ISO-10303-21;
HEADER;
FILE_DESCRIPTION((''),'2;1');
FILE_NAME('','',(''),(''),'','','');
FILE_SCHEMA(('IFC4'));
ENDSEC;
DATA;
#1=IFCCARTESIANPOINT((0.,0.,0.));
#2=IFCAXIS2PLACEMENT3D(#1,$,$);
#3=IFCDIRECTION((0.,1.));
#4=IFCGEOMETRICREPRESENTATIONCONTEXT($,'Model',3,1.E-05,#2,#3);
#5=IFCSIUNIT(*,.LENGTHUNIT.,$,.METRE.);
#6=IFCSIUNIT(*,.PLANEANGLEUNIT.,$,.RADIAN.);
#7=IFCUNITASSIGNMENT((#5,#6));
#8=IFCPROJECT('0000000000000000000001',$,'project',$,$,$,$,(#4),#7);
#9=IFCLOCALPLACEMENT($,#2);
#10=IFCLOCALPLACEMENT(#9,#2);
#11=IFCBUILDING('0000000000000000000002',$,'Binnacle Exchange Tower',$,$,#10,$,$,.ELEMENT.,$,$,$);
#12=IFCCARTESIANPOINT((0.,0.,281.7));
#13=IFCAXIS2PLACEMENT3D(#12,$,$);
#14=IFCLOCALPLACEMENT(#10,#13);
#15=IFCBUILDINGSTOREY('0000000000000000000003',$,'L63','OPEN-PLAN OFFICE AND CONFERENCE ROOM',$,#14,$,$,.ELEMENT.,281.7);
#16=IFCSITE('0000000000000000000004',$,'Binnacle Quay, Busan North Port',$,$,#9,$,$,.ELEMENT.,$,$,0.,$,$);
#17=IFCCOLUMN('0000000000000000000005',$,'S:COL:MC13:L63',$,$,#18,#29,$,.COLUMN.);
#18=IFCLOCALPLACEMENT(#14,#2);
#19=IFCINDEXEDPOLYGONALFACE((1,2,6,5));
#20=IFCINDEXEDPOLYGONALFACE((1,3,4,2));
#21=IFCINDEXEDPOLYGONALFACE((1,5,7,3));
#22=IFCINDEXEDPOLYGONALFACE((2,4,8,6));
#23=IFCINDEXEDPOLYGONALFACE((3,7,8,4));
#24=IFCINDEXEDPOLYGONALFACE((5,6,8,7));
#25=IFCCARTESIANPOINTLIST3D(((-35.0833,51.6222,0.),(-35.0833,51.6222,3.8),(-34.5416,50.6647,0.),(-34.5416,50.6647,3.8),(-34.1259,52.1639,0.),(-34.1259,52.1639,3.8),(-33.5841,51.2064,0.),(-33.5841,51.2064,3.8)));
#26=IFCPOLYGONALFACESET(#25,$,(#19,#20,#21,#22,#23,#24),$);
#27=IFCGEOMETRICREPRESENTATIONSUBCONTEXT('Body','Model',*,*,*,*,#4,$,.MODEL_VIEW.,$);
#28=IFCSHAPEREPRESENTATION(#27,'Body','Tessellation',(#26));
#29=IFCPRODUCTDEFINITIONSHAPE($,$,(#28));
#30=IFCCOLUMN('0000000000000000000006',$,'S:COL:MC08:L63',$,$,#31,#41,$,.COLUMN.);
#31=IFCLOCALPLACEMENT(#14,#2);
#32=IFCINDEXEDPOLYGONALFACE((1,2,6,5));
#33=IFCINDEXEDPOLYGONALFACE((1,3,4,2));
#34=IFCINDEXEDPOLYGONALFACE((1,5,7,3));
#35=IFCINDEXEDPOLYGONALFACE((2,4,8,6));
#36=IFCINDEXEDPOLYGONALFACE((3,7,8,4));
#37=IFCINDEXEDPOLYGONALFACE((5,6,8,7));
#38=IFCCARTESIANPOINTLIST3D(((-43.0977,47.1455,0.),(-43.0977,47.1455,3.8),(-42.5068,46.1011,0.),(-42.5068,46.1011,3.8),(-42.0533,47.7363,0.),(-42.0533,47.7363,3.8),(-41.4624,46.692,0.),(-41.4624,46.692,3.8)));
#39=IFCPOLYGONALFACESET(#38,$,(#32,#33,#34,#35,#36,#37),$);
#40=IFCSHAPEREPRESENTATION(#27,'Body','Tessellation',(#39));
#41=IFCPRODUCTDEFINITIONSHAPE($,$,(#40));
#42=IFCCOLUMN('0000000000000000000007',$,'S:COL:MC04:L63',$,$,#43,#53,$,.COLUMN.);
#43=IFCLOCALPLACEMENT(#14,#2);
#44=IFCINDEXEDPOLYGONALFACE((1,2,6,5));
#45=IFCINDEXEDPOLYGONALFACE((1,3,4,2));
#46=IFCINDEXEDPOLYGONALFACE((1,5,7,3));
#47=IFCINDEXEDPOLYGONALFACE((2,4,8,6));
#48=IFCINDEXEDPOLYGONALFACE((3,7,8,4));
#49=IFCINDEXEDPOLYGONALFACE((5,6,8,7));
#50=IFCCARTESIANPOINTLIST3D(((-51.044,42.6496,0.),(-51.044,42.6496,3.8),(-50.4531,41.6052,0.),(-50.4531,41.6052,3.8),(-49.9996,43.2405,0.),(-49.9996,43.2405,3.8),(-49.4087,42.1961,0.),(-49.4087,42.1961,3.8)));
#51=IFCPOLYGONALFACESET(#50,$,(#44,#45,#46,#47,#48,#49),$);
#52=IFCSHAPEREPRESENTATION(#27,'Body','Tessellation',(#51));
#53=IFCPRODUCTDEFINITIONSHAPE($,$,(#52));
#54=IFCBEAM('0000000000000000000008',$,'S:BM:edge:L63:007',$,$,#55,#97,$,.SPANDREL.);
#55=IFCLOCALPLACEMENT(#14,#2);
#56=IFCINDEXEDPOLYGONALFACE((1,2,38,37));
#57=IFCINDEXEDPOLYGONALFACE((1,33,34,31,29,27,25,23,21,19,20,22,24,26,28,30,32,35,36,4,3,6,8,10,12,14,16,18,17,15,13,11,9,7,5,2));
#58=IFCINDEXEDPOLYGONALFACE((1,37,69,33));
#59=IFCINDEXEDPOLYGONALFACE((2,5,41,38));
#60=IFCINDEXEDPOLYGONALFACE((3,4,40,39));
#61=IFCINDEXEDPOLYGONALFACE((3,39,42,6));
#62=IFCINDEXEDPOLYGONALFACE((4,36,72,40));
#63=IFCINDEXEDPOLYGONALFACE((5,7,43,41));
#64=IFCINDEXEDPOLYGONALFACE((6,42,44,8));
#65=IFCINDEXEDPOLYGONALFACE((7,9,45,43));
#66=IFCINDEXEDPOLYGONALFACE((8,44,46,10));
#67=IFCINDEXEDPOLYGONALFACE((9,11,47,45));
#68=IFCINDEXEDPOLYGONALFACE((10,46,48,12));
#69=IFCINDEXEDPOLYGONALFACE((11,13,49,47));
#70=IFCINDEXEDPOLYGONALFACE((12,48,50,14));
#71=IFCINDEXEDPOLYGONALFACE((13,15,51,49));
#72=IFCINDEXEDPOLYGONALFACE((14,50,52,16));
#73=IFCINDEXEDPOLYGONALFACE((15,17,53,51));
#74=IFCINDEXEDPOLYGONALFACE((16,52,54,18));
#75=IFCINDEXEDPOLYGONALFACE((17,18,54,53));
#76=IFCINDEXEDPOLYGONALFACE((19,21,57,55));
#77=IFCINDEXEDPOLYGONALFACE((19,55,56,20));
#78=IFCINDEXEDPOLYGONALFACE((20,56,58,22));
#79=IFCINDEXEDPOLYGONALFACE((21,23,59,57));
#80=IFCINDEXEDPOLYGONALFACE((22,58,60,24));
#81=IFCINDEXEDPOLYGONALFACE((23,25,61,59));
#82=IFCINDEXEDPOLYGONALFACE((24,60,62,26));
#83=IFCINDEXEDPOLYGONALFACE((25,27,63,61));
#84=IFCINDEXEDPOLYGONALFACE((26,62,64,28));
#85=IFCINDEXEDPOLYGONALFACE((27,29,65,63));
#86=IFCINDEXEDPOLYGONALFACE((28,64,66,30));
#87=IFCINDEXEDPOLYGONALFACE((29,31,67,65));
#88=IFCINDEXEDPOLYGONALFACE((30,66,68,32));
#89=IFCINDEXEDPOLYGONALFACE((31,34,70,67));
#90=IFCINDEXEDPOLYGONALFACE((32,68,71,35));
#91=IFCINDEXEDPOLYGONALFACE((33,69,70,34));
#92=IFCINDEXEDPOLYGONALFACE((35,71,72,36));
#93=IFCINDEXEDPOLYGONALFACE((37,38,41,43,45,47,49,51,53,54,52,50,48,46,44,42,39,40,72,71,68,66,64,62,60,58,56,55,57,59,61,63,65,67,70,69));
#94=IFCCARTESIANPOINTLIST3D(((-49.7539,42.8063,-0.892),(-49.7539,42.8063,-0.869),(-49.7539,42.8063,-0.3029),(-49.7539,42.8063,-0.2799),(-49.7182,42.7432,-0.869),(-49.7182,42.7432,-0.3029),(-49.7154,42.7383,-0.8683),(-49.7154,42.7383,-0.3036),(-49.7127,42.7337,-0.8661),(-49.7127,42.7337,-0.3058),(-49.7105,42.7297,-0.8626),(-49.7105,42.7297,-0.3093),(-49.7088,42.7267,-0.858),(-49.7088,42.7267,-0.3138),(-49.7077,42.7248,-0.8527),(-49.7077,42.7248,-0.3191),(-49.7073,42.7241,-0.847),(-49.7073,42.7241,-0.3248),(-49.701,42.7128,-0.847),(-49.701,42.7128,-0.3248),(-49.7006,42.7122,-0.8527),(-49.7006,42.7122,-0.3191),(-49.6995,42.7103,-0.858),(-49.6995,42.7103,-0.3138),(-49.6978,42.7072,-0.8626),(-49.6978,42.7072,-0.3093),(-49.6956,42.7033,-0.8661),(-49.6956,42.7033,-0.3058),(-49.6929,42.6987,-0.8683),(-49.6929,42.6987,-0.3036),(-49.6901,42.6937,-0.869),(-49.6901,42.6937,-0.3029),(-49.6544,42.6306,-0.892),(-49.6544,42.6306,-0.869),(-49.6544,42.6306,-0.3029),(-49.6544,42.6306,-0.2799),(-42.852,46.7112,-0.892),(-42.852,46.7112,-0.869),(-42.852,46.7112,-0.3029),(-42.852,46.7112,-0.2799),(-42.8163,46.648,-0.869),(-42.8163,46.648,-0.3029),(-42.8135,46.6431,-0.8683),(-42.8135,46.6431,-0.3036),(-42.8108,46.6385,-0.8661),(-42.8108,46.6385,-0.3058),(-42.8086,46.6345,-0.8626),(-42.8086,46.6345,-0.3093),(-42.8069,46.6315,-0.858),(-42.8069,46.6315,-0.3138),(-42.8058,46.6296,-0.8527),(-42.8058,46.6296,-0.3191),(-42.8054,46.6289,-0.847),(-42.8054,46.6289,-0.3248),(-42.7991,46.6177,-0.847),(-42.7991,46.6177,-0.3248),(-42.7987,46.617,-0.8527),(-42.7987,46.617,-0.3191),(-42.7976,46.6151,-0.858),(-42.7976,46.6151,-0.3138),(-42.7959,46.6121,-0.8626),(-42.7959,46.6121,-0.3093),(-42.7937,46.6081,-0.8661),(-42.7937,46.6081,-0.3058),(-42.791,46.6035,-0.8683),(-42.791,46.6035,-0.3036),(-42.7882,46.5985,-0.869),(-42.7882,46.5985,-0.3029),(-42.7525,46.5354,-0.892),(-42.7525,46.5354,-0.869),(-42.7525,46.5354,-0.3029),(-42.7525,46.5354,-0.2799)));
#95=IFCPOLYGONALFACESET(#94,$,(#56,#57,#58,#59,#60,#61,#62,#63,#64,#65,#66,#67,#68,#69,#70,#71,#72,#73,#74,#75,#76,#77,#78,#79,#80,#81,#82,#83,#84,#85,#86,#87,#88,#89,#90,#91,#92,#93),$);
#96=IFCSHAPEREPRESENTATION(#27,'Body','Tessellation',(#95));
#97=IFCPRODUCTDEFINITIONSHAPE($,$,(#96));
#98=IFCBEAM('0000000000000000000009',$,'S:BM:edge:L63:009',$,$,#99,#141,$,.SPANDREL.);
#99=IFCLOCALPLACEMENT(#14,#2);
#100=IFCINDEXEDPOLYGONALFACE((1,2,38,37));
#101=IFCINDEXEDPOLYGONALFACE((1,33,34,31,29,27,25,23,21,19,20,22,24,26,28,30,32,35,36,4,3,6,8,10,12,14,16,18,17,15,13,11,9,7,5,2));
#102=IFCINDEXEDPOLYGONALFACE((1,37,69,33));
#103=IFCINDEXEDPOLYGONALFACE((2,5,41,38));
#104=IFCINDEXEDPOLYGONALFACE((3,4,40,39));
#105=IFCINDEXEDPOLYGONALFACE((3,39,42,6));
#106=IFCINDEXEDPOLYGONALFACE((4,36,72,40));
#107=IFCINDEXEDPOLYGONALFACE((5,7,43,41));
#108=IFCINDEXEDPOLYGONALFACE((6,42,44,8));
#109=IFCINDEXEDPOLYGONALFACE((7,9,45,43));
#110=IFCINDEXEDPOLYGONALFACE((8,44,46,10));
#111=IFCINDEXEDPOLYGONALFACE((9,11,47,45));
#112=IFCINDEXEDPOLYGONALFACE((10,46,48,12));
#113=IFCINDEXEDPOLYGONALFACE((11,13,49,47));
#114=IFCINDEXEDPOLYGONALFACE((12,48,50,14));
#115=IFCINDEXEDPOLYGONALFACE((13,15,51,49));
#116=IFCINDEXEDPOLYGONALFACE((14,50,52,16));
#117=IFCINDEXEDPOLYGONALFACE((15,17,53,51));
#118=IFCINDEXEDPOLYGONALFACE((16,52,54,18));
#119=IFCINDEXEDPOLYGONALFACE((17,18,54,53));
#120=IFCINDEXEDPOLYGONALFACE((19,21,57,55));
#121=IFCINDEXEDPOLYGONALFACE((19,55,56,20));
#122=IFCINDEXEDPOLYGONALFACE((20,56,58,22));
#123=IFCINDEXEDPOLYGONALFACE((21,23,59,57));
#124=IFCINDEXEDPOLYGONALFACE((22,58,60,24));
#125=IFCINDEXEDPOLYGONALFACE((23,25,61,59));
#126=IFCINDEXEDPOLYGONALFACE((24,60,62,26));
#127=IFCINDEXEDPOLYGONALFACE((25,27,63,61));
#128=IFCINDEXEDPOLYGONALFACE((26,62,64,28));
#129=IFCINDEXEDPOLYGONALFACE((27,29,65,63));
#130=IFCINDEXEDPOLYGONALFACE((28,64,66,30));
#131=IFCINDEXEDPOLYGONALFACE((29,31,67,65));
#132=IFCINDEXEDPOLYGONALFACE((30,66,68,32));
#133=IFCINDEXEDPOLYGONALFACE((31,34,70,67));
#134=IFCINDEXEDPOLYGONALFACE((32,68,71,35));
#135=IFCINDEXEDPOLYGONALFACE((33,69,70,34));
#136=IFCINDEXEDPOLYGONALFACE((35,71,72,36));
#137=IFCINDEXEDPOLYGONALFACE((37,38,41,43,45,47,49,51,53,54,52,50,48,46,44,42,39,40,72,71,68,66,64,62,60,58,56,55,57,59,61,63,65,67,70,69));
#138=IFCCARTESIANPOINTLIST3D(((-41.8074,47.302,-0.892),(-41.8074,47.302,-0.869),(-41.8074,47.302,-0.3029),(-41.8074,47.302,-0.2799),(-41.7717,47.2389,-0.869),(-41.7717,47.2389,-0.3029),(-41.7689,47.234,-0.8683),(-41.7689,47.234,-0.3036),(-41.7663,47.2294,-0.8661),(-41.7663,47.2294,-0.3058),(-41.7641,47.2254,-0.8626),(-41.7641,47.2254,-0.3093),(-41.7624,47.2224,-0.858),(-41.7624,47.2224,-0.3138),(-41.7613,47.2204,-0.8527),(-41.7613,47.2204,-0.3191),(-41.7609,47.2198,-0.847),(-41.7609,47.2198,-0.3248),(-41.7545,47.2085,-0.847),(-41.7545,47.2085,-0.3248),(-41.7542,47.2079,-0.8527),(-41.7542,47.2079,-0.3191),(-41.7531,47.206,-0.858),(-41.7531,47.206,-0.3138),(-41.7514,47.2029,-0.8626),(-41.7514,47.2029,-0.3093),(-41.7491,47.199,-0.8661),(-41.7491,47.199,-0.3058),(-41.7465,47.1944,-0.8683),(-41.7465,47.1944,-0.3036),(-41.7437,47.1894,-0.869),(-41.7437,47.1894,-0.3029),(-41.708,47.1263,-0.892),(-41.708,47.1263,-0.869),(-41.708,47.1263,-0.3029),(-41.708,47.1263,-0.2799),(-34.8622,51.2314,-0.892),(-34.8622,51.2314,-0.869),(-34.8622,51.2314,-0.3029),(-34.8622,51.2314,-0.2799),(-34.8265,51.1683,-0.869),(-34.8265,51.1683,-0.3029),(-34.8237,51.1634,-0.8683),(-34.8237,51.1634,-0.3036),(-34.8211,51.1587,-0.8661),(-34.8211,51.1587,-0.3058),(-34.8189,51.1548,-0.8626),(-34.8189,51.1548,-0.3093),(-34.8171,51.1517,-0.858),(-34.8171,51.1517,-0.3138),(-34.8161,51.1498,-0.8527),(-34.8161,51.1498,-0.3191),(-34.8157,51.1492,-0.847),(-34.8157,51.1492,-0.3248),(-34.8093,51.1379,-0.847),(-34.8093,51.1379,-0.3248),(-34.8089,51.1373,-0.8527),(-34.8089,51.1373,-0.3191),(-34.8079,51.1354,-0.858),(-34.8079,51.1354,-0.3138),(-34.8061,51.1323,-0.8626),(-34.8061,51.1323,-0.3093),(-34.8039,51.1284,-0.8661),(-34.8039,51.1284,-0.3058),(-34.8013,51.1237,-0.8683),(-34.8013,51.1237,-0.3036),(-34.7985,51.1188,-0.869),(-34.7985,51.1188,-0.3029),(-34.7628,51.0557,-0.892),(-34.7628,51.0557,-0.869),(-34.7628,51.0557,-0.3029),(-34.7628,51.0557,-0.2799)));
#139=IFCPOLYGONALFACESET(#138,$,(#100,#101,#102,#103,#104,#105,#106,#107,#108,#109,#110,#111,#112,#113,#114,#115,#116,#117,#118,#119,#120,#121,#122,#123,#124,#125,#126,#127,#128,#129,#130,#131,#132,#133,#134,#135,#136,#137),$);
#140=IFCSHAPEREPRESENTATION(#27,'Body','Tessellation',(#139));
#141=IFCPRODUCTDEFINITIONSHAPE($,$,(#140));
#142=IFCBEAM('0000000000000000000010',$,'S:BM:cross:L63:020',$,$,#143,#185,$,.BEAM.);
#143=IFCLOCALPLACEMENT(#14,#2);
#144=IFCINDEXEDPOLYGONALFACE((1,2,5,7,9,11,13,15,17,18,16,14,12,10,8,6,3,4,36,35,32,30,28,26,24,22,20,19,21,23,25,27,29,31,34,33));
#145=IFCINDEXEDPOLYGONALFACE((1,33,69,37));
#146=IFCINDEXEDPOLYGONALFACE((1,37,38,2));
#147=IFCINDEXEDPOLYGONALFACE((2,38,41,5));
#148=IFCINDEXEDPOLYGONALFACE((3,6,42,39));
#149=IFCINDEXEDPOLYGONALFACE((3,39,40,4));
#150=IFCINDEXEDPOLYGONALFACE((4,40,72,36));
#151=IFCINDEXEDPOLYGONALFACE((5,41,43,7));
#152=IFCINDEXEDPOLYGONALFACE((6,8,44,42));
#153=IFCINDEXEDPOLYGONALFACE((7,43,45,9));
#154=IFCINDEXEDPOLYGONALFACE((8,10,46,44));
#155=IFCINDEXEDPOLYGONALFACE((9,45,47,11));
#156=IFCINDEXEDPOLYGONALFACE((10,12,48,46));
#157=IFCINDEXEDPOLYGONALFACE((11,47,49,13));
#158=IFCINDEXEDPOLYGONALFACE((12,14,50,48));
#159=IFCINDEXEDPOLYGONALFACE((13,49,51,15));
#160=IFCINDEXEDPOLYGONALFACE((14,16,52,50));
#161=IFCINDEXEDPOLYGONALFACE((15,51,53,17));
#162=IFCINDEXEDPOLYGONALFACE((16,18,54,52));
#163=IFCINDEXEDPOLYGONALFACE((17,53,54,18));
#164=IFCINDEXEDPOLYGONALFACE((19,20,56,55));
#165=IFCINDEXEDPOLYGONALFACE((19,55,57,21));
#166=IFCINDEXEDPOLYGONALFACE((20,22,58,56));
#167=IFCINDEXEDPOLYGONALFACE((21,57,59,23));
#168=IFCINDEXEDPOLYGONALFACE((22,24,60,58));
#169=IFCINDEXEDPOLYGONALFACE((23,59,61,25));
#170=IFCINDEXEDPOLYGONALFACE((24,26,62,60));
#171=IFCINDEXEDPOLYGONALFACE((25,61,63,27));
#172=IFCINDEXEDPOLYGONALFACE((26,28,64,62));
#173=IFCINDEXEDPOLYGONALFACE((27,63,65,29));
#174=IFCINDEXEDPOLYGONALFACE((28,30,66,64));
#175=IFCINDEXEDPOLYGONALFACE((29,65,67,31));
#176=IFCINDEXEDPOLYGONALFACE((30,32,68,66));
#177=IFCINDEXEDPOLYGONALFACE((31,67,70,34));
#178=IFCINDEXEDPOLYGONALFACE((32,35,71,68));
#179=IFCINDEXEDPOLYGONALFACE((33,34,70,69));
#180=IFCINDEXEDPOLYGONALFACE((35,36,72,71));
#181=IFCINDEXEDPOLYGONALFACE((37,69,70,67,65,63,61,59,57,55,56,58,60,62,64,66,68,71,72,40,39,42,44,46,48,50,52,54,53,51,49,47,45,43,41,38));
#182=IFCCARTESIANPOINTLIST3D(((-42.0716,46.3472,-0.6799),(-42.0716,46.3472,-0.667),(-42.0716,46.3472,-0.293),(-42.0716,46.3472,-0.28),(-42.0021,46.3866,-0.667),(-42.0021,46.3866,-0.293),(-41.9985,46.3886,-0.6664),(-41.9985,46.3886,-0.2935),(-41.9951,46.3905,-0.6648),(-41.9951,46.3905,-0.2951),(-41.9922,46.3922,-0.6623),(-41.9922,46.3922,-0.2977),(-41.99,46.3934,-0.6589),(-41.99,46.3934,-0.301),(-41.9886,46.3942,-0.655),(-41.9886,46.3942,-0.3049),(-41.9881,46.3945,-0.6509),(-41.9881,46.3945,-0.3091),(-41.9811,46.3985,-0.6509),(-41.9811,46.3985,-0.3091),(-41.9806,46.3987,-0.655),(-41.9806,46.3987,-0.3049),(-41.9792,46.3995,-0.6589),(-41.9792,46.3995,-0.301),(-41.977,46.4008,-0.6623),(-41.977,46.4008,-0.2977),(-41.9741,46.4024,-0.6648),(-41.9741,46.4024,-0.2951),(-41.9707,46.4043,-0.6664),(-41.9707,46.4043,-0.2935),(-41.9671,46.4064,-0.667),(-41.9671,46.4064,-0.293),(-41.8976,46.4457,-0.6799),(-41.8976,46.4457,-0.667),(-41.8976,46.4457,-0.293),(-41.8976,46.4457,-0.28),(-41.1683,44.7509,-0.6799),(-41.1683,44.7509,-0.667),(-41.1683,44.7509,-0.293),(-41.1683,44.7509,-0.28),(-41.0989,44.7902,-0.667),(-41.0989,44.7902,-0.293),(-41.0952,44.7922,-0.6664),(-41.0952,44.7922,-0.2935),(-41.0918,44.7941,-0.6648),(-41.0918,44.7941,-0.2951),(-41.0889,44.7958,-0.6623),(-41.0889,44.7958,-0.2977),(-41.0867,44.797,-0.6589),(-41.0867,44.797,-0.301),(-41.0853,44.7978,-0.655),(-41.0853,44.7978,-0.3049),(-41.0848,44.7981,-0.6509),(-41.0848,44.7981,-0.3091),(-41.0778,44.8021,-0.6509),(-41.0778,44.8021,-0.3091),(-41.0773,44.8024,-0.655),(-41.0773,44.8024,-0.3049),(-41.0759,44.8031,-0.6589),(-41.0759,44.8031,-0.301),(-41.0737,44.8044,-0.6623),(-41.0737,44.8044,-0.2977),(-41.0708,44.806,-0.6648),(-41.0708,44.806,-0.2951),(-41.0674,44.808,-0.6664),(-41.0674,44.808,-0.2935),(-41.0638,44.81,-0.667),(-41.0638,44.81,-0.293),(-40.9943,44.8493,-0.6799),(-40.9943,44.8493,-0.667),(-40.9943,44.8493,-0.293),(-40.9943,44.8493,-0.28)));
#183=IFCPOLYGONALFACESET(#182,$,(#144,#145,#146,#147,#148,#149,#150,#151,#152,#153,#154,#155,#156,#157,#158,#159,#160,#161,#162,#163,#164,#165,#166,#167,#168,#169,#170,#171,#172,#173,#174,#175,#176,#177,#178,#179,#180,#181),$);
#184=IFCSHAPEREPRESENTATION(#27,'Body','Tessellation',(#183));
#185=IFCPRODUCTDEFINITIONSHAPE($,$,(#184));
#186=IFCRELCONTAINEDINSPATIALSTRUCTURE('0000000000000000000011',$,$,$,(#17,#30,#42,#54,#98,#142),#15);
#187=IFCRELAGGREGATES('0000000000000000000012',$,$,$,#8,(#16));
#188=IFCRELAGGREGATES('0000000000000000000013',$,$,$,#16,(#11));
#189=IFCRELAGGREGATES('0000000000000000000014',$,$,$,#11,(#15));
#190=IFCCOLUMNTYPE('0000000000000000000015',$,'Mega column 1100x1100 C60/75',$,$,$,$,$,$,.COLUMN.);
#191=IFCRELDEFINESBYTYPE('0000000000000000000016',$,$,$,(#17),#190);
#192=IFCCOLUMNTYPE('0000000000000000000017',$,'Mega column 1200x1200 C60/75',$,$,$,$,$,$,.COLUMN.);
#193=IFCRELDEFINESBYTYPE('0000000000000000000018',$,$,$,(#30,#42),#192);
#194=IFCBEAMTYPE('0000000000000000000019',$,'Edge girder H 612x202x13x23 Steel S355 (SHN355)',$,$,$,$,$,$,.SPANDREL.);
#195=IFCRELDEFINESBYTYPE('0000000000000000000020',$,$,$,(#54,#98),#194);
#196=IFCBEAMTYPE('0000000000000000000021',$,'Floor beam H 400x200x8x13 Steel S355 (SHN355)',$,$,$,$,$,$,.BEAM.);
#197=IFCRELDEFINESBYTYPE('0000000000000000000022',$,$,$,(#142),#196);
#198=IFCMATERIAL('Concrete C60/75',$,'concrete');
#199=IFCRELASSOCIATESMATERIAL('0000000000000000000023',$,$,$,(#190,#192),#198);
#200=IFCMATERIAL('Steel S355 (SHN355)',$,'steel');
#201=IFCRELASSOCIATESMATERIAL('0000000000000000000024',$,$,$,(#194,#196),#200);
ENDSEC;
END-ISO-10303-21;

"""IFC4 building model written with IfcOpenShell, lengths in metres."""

from ifc_helpers import new_model, si_unit, direction, frame, origin, origin_2d, place, context, subcontext, project, spatial, rectangle, i_section, extrude, material, material_profile, profile_set, type_object, element, save


model = new_model("IFC4")

# Units and contexts
model_context = context("Model", 3, precision=1e-05, world=origin(), true_north=direction((0.0, 1.0)))
body_context = subcontext(model_context, "Body", "Model", "MODEL_VIEW")
ifc_project = project(units=[si_unit("LENGTHUNIT", "METRE"), si_unit("PLANEANGLEUNIT", "RADIAN")], contexts=[model_context])

# Site, building, storey
site_placement = place(None, origin())
site = spatial("IfcSite", under=ifc_project, at=site_placement, Name="Binnacle Quay, Busan North Port", CompositionType="ELEMENT", RefElevation=0.0)
building_placement = place(site_placement, origin())
building = spatial("IfcBuilding", under=site, at=building_placement, Name="Binnacle Exchange Tower", CompositionType="ELEMENT")
storey_placement = place(building_placement, frame((0.0, 0.0, 281.7)))
storey = spatial("IfcBuildingStorey", under=building, at=storey_placement, Name="L63", Description="OPEN-PLAN OFFICE AND CONFERENCE ROOM", CompositionType="ELEMENT", Elevation=281.7)

# Columns
ifc_material_1 = material(Name="Concrete C60/75", Category="concrete")
ifc_material_profile_1 = material_profile(ifc_material_1, rectangle(XDim=1.1001, YDim=1.1001, at=origin_2d()), Name="Mega column 1100x1100 C60/75")
ifc_profile_set_1 = profile_set([ifc_material_profile_1], Name="Concrete C60/75")
column_type_1 = type_object("IfcColumnType", Name="Mega column 1100x1100 C60/75", PredefinedType="COLUMN", material=ifc_profile_set_1)
column_placement = place(storey_placement, frame((-34.3337, 51.4143, 0.0), z_axis=(0.0, 0.0, 1.0), x_axis=(-0.870356, -0.492424, 0.0)))
element("IfcColumn", 1, at=column_placement, inside=storey, type_object=column_type_1, Name="S:COL:MC13:L63", PredefinedType="COLUMN", context=body_context, shape_type="SweptSolid", body=[
    extrude(rectangle(XDim=1.1001, YDim=1.1001, at=origin_2d()), origin(), (0.0, 0.0, 1.0), 3.8),
])
ifc_material_profile_2 = material_profile(ifc_material_1, rectangle(XDim=1.2, YDim=1.2, at=origin_2d()), Name="Mega column 1200x1200 C60/75")
ifc_profile_set_2 = profile_set([ifc_material_profile_2], Name="Concrete C60/75")
column_type_2 = type_object("IfcColumnType", Name="Mega column 1200x1200 C60/75", PredefinedType="COLUMN", material=ifc_profile_set_2)
for number, where, z_axis, x_axis, name in (
    (2, (-42.28, 46.9187, 0.0), (0.0, 0.0, 1.0), (-0.870356, -0.492424, 0.0), "S:COL:MC08:L63"),
    (3, (-50.2263, 42.4229, 0.0), (0.0, 0.0, 1.0), (-0.870356, -0.492424, 0.0), "S:COL:MC04:L63"),
):
    element("IfcColumn", number, at=place(storey_placement, frame(where, z_axis=z_axis, x_axis=x_axis)), inside=storey, type_object=column_type_2, Name=name, PredefinedType="COLUMN", context=body_context, shape_type="SweptSolid", body=[
        extrude(rectangle(XDim=1.2, YDim=1.2, at=origin_2d()), origin(), (0.0, 0.0, 1.0), 3.8),
    ])

# Beams
ifc_material_2 = material(Name="Steel S355 (SHN355)", Category="steel")
ifc_material_profile_3 = material_profile(ifc_material_2, i_section(OverallWidth=0.2019, OverallDepth=0.6121, WebThickness=0.0129, FlangeThickness=0.0229, FilletRadius=0.022, at=origin_2d()), Name="H 612x202x13x23")
ifc_profile_set_3 = profile_set([ifc_material_profile_3], Name="Steel S355 (SHN355)")
beam_type_1 = type_object("IfcBeamType", Name="Edge girder H 612x202x13x23 Steel S355 (SHN355)", PredefinedType="SPANDREL", material=ifc_profile_set_3)
beam_1_placement = place(storey_placement, frame((-42.8022, 46.6233, -0.5859), z_axis=(-0.870361, -0.492414, 0.0), x_axis=(0.492414, -0.870361, 0.0)))
element("IfcBeam", 4, at=beam_1_placement, inside=storey, type_object=beam_type_1, Name="S:BM:edge:L63:007", PredefinedType="SPANDREL", context=body_context, shape_type="SweptSolid", body=[
    extrude(i_section(OverallWidth=0.2019, OverallDepth=0.6121, WebThickness=0.0129, FlangeThickness=0.0229, FilletRadius=0.022, at=origin_2d()), origin(), (0.0, 0.0, 1.0), 7.9299),
])
beam_2_placement = place(storey_placement, frame((-34.8125, 51.1436, -0.5859), z_axis=(-0.870357, -0.492421, 0.0), x_axis=(0.492421, -0.870357, 0.0)))
element("IfcBeam", 5, at=beam_2_placement, inside=storey, type_object=beam_type_1, Name="S:BM:edge:L63:009", PredefinedType="SPANDREL", context=body_context, shape_type="SweptSolid", body=[
    extrude(i_section(OverallWidth=0.2019, OverallDepth=0.6121, WebThickness=0.0129, FlangeThickness=0.0229, FilletRadius=0.022, at=origin_2d()), origin(), (0.0, 0.0, 1.0), 7.9797),
])
ifc_material_profile_4 = material_profile(ifc_material_2, i_section(OverallWidth=0.2, OverallDepth=0.3999, WebThickness=0.0081, FlangeThickness=0.0129, FilletRadius=0.0161, at=origin_2d()), Name="H 400x200x8x13")
ifc_profile_set_4 = profile_set([ifc_material_profile_4], Name="Steel S355 (SHN355)")
beam_type_2 = type_object("IfcBeamType", Name="Floor beam H 400x200x8x13 Steel S355 (SHN355)", PredefinedType="BEAM", material=ifc_profile_set_4)
beam_3_placement = place(storey_placement, frame((-41.9846, 46.3965, -0.48), z_axis=(0.492465, -0.870332, 0.0), x_axis=(0.870332, 0.492465, 0.0)))
element("IfcBeam", 6, at=beam_3_placement, inside=storey, type_object=beam_type_2, Name="S:BM:cross:L63:020", PredefinedType="BEAM", context=body_context, shape_type="SweptSolid", body=[
    extrude(i_section(OverallWidth=0.2, OverallDepth=0.3999, WebThickness=0.0081, FlangeThickness=0.0129, FilletRadius=0.0161, at=origin_2d()), origin(), (0.0, 0.0, 1.0), 1.8342),
])

save(model, "model.ifc")
